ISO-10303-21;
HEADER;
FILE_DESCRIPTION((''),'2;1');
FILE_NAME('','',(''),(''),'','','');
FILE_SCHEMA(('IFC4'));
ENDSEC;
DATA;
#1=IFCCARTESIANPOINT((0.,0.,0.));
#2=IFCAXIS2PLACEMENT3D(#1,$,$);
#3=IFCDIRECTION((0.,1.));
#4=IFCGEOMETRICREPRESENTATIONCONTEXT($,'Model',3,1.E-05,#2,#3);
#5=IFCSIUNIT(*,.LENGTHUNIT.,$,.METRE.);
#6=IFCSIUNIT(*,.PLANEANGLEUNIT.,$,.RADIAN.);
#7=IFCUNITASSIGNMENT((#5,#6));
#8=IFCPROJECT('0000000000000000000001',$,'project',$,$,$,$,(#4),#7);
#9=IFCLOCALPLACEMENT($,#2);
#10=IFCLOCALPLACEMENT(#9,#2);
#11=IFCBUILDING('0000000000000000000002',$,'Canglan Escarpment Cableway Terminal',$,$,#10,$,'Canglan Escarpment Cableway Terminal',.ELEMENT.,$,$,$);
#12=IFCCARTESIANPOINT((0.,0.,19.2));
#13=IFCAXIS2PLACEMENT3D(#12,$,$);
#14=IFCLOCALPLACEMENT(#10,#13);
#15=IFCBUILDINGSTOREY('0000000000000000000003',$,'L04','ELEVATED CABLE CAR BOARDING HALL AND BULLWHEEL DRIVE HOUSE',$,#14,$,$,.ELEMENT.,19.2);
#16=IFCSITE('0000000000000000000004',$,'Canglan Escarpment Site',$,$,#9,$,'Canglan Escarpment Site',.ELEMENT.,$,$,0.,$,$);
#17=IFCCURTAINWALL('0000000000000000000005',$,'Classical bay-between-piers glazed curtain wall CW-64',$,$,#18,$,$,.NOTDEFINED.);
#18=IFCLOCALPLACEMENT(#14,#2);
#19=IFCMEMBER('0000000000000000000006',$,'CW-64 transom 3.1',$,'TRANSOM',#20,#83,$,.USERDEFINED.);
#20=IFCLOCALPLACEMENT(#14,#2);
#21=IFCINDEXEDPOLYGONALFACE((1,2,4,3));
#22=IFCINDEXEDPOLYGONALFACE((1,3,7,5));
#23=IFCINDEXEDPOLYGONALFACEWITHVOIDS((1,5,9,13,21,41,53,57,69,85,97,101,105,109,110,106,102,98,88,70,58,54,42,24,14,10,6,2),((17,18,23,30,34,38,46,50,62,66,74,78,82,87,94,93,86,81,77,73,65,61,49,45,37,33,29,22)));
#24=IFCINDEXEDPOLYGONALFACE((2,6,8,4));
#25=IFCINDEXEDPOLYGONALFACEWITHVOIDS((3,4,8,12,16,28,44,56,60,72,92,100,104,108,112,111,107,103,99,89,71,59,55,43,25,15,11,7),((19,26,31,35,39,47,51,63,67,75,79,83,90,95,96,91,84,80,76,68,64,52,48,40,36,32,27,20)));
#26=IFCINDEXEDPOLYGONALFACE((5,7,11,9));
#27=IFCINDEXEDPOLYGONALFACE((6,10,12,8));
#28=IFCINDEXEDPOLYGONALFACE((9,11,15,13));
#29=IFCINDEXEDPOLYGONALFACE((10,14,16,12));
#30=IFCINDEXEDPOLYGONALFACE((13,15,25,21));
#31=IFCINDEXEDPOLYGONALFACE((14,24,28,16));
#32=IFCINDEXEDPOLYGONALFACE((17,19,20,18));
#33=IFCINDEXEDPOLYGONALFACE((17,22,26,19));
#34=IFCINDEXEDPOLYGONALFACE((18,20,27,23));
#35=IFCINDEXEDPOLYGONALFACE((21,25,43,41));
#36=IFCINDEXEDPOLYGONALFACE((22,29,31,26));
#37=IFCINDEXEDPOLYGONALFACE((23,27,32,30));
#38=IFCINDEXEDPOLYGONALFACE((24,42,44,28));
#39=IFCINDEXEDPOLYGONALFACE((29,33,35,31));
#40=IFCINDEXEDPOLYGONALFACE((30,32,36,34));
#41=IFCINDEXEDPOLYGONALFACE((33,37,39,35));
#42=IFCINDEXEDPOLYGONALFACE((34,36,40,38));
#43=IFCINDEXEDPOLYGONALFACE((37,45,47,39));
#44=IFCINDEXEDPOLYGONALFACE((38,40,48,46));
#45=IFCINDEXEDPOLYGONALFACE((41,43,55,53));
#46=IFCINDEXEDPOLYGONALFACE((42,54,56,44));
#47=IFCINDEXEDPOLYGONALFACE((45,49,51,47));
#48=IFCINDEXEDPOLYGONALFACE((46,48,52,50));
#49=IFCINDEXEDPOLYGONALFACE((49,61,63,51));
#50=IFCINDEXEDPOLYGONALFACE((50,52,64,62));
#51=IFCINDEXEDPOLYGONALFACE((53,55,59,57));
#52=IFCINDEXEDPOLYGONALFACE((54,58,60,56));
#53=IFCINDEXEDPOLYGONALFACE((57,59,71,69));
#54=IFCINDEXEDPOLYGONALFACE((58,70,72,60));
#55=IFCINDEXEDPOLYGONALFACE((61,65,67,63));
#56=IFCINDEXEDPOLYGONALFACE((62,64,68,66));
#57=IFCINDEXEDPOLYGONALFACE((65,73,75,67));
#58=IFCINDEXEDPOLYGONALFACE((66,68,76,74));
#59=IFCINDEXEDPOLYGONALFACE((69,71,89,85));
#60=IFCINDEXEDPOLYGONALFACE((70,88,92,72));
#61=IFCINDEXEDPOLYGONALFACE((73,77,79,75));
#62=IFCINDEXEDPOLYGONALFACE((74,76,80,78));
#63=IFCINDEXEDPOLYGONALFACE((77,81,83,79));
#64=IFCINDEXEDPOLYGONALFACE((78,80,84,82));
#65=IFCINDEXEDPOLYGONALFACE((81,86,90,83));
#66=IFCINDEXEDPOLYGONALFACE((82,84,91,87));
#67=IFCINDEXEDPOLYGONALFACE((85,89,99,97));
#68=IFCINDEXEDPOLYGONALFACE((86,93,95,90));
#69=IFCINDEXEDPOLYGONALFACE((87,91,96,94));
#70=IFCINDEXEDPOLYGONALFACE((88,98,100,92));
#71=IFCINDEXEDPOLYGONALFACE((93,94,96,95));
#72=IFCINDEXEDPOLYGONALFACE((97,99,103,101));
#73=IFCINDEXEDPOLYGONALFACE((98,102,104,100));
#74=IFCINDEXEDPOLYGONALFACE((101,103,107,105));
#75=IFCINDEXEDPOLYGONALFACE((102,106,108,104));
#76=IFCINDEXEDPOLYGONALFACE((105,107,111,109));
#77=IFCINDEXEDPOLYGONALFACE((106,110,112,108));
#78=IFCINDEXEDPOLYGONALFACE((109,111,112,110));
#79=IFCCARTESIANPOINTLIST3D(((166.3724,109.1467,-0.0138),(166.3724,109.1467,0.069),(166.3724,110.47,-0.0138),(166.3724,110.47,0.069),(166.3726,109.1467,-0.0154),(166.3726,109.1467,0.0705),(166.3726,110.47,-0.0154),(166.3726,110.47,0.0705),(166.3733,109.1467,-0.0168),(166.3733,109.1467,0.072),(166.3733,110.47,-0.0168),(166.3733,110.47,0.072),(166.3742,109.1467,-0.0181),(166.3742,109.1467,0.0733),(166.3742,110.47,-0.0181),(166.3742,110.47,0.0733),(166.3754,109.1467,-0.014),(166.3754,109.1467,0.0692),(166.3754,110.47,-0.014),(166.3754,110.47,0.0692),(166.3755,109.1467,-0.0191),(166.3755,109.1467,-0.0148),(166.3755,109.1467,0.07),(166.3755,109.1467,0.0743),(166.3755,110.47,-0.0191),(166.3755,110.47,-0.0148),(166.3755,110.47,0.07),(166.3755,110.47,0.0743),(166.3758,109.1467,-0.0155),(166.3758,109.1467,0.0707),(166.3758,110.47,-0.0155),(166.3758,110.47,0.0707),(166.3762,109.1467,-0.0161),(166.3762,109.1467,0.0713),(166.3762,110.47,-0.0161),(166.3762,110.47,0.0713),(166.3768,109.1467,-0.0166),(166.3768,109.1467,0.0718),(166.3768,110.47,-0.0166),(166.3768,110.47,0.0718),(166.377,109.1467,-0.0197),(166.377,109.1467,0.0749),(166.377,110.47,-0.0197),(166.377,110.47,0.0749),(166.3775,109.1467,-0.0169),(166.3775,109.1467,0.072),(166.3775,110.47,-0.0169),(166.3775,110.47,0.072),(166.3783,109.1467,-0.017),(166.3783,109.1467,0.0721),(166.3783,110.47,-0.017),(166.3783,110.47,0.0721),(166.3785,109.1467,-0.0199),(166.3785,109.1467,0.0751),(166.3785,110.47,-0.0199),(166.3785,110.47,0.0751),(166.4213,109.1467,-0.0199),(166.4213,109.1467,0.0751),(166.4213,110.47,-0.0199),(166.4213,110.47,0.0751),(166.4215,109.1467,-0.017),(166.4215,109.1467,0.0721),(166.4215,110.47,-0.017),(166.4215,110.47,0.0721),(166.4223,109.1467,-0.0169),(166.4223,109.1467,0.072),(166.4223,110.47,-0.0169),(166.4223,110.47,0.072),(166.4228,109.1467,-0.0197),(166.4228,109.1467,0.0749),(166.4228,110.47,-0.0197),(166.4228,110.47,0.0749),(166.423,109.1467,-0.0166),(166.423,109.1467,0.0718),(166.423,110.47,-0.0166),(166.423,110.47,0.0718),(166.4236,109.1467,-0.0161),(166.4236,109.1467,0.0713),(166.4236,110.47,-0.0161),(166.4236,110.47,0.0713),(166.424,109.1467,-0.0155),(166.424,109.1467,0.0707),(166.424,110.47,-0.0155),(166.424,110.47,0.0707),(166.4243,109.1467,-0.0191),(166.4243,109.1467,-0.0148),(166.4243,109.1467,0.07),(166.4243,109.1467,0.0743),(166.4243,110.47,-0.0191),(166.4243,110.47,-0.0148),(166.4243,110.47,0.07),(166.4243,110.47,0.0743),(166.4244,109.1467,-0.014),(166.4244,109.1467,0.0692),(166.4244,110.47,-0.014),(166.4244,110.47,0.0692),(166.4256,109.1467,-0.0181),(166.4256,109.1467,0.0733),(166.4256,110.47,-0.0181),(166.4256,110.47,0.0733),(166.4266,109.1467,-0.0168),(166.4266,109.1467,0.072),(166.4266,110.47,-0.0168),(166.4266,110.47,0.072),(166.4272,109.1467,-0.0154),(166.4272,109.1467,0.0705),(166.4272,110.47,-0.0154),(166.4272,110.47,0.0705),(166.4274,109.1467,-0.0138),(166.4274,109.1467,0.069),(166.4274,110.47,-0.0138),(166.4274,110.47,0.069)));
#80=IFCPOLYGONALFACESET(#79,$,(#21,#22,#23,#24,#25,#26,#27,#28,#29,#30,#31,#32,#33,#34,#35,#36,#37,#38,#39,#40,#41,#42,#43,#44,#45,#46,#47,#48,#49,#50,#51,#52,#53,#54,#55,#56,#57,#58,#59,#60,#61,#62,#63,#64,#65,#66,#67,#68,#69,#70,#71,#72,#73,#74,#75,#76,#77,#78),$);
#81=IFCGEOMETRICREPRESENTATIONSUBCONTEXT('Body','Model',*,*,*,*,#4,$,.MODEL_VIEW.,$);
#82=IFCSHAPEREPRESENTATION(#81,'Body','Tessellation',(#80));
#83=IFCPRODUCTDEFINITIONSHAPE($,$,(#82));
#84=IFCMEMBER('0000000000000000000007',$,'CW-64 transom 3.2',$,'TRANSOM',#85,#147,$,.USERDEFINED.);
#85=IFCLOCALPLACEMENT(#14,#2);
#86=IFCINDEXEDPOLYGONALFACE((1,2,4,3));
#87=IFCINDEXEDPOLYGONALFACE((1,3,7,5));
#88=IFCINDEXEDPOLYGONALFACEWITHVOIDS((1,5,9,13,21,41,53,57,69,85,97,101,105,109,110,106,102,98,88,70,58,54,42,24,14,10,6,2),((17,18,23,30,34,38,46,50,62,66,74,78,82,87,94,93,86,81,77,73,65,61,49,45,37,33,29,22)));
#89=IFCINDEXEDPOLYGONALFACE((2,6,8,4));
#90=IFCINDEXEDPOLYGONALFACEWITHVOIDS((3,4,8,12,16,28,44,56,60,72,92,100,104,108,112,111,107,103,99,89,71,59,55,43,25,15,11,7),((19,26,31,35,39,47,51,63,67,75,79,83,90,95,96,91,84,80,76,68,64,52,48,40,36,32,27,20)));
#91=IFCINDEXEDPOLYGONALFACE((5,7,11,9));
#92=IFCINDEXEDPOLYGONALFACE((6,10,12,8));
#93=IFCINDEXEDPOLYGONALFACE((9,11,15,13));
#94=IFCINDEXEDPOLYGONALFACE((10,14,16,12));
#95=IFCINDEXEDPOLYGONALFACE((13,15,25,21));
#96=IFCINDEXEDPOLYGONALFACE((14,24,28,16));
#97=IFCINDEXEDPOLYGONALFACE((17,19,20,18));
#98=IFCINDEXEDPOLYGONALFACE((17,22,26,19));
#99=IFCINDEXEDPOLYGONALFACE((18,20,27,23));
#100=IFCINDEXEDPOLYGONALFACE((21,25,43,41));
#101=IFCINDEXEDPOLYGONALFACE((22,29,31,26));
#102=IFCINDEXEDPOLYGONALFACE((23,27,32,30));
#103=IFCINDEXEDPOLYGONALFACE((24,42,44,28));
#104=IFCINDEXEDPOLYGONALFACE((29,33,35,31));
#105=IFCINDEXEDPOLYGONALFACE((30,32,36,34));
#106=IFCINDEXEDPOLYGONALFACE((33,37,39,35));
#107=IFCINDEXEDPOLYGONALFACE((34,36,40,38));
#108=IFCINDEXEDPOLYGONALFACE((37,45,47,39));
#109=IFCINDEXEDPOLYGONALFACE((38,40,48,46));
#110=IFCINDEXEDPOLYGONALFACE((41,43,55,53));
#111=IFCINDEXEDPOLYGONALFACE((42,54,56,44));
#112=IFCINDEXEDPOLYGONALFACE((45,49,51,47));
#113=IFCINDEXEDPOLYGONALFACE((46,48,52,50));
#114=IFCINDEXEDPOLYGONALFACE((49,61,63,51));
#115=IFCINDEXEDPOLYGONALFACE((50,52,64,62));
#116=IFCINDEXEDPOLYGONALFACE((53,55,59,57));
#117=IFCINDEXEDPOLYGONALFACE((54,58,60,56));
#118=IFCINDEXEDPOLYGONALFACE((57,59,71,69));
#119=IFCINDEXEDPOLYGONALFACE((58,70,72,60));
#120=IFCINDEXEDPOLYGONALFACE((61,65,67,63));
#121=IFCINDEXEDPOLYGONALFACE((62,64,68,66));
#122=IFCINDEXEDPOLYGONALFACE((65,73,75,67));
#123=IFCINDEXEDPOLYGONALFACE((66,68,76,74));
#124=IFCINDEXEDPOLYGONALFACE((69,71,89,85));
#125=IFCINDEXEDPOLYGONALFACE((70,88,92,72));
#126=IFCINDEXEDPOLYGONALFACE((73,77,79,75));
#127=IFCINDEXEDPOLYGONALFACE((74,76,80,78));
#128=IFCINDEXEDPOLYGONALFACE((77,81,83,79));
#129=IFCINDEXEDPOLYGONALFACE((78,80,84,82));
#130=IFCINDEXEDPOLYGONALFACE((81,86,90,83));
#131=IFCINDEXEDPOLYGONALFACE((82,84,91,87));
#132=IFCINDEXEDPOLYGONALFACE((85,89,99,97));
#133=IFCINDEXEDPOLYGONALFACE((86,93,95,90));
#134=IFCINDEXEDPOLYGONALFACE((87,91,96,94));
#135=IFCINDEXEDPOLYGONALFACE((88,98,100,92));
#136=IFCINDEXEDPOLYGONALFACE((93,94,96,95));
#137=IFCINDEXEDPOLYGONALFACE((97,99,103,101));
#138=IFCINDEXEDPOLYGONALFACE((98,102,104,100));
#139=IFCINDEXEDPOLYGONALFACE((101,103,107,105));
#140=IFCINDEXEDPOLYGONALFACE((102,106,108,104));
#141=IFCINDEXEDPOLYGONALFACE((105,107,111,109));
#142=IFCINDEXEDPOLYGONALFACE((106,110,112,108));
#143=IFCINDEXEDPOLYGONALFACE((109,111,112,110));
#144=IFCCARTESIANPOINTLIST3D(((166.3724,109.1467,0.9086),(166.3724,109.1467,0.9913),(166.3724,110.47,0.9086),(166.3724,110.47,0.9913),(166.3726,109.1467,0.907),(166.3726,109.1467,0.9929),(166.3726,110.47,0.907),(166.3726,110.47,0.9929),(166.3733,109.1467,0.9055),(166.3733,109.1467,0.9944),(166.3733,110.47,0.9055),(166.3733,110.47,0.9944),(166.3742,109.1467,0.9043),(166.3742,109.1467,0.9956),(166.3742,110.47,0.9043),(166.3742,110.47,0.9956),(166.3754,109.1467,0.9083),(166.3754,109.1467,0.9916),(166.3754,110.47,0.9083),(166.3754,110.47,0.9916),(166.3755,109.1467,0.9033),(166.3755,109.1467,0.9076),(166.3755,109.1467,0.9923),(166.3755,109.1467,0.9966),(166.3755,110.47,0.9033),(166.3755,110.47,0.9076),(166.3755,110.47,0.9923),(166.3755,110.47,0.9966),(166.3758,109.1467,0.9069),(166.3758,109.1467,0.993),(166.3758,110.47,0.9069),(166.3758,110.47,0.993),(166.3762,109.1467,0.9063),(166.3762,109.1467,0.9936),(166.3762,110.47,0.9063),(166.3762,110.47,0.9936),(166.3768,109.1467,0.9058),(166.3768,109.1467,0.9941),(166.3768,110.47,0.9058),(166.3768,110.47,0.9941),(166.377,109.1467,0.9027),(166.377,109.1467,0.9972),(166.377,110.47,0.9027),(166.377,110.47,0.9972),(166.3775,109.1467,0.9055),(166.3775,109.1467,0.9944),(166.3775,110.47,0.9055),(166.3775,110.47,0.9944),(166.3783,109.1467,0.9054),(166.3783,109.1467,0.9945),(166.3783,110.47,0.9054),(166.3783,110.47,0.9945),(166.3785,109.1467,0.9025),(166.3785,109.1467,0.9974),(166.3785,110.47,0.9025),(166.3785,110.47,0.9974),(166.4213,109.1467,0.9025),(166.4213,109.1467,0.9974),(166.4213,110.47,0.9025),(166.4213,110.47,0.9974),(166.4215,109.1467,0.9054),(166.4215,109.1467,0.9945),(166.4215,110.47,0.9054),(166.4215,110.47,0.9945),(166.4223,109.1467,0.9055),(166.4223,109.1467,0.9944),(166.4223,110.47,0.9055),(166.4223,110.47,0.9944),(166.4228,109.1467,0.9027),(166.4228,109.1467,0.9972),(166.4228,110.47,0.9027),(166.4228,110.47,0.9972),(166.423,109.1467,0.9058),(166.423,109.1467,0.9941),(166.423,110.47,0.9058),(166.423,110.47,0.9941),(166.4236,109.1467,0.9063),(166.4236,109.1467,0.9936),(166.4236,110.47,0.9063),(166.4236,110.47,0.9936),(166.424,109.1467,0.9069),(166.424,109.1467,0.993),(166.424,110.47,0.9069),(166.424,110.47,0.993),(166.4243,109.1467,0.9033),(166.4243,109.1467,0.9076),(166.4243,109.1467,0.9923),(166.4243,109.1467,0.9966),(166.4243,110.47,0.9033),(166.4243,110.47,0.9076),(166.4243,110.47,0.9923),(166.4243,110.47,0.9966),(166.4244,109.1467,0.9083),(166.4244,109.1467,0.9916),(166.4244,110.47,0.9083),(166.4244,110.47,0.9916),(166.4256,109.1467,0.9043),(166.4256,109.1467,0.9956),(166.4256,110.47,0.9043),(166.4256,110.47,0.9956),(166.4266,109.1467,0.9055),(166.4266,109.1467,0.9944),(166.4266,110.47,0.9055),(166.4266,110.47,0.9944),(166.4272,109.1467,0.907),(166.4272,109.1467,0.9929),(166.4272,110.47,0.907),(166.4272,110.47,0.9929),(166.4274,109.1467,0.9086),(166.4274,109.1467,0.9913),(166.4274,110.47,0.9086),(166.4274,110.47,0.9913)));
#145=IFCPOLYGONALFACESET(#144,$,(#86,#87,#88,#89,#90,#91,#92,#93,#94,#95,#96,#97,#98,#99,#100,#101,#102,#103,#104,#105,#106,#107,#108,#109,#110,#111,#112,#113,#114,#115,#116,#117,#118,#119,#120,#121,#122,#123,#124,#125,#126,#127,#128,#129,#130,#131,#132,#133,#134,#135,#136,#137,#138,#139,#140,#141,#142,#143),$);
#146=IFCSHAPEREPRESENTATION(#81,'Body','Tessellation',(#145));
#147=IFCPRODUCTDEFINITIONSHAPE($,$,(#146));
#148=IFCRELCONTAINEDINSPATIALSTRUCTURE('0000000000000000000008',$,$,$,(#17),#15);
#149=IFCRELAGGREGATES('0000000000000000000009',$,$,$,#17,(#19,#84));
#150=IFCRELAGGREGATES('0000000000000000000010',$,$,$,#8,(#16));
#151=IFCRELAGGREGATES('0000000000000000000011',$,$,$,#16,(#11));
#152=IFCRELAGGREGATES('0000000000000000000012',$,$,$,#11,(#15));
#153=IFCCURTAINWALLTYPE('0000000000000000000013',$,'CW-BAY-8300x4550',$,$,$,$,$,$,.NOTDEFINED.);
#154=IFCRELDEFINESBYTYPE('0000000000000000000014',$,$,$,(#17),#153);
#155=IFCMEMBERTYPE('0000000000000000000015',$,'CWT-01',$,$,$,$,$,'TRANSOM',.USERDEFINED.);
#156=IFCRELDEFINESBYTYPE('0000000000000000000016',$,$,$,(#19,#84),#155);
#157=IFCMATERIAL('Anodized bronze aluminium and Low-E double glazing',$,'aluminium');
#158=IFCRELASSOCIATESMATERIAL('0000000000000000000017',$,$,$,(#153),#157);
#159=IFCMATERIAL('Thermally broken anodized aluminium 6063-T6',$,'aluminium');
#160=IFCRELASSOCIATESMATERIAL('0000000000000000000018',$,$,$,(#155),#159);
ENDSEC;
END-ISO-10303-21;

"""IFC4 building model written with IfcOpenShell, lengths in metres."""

from ifc_helpers import new_model, si_unit, direction, frame, origin, origin_2d, place, context, subcontext, project, spatial, hollow_rectangle, extrude, material, material_profile, profile_set, type_object, element, aggregate, save


model = new_model("IFC4")

# Units and contexts
model_context = context("Model", 3, precision=1e-05, world=origin(), true_north=direction((0.0, 1.0)))
body_context = subcontext(model_context, "Body", "Model", "MODEL_VIEW")
ifc_project = project(units=[si_unit("LENGTHUNIT", "METRE"), si_unit("PLANEANGLEUNIT", "RADIAN")], contexts=[model_context])

# Site, building, storey
site_placement = place(None, origin())
site = spatial("IfcSite", under=ifc_project, at=site_placement, Name="Canglan Escarpment Site", LongName="Canglan Escarpment Site", CompositionType="ELEMENT", RefElevation=0.0)
building_placement = place(site_placement, origin())
building = spatial("IfcBuilding", under=site, at=building_placement, Name="Canglan Escarpment Cableway Terminal", LongName="Canglan Escarpment Cableway Terminal", CompositionType="ELEMENT")
storey_placement = place(building_placement, frame((0.0, 0.0, 19.2)))
storey = spatial("IfcBuildingStorey", under=building, at=storey_placement, Name="L04", Description="ELEVATED CABLE CAR BOARDING HALL AND BULLWHEEL DRIVE HOUSE", CompositionType="ELEMENT", Elevation=19.2)

# Curtain wall
ifc_material_1 = material(Name="Anodized bronze aluminium and Low-E double glazing", Category="aluminium")
curtain_wall_type = type_object("IfcCurtainWallType", Name="CW-BAY-8300x4550", PredefinedType="NOTDEFINED", material=ifc_material_1)
curtain_wall_1_placement = place(storey_placement, origin())
curtain_wall_1 = element("IfcCurtainWall", 1, at=curtain_wall_1_placement, inside=storey, type_object=curtain_wall_type, Name="Classical bay-between-piers glazed curtain wall CW-64", PredefinedType="NOTDEFINED")
ifc_material_2 = material(Name="Thermally broken anodized aluminium 6063-T6", Category="aluminium")

# Members
ifc_material_profile_1 = material_profile(ifc_material_2, hollow_rectangle(XDim=0.0549, YDim=0.095, WallThickness=0.0029, InnerFilletRadius=0.0029, OuterFilletRadius=0.0061, at=origin_2d()), Name="ALU-TRAN 55x95x3")
ifc_profile_set_1 = profile_set([ifc_material_profile_1], Name="Thermally broken anodized aluminium 6063-T6")
member_type_1 = type_object("IfcMemberType", Name="CWT-01", ElementType="TRANSOM", PredefinedType="USERDEFINED", material=ifc_profile_set_1)
member_1_placement = place(storey_placement, frame((166.3999, 109.1467, 0.0276), z_axis=(0.0, 1.0, 0.0), x_axis=(-1.0, 0.0, 0.0)))
member_1 = element("IfcMember", 2, at=member_1_placement, type_object=member_type_1, Name="CW-64 transom 3.1", ObjectType="TRANSOM", PredefinedType="USERDEFINED", context=body_context, shape_type="SweptSolid", body=[
    extrude(hollow_rectangle(XDim=0.0549, YDim=0.095, WallThickness=0.0029, InnerFilletRadius=0.0029, OuterFilletRadius=0.0061, at=origin_2d()), origin(), (0.0, 0.0, 1.0), 1.3232),
])
member_2_placement = place(storey_placement, frame((166.3999, 109.1467, 0.95), z_axis=(0.0, 1.0, 0.0), x_axis=(-1.0, 0.0, 0.0)))
member_2 = element("IfcMember", 3, at=member_2_placement, type_object=member_type_1, Name="CW-64 transom 3.2", ObjectType="TRANSOM", PredefinedType="USERDEFINED", context=body_context, shape_type="SweptSolid", body=[
    extrude(hollow_rectangle(XDim=0.0549, YDim=0.095, WallThickness=0.0029, InnerFilletRadius=0.0029, OuterFilletRadius=0.0061, at=origin_2d()), origin(), (0.0, 0.0, 1.0), 1.3232),
])

aggregate(curtain_wall_1, [member_1, member_2])

save(model, "model.ifc")
